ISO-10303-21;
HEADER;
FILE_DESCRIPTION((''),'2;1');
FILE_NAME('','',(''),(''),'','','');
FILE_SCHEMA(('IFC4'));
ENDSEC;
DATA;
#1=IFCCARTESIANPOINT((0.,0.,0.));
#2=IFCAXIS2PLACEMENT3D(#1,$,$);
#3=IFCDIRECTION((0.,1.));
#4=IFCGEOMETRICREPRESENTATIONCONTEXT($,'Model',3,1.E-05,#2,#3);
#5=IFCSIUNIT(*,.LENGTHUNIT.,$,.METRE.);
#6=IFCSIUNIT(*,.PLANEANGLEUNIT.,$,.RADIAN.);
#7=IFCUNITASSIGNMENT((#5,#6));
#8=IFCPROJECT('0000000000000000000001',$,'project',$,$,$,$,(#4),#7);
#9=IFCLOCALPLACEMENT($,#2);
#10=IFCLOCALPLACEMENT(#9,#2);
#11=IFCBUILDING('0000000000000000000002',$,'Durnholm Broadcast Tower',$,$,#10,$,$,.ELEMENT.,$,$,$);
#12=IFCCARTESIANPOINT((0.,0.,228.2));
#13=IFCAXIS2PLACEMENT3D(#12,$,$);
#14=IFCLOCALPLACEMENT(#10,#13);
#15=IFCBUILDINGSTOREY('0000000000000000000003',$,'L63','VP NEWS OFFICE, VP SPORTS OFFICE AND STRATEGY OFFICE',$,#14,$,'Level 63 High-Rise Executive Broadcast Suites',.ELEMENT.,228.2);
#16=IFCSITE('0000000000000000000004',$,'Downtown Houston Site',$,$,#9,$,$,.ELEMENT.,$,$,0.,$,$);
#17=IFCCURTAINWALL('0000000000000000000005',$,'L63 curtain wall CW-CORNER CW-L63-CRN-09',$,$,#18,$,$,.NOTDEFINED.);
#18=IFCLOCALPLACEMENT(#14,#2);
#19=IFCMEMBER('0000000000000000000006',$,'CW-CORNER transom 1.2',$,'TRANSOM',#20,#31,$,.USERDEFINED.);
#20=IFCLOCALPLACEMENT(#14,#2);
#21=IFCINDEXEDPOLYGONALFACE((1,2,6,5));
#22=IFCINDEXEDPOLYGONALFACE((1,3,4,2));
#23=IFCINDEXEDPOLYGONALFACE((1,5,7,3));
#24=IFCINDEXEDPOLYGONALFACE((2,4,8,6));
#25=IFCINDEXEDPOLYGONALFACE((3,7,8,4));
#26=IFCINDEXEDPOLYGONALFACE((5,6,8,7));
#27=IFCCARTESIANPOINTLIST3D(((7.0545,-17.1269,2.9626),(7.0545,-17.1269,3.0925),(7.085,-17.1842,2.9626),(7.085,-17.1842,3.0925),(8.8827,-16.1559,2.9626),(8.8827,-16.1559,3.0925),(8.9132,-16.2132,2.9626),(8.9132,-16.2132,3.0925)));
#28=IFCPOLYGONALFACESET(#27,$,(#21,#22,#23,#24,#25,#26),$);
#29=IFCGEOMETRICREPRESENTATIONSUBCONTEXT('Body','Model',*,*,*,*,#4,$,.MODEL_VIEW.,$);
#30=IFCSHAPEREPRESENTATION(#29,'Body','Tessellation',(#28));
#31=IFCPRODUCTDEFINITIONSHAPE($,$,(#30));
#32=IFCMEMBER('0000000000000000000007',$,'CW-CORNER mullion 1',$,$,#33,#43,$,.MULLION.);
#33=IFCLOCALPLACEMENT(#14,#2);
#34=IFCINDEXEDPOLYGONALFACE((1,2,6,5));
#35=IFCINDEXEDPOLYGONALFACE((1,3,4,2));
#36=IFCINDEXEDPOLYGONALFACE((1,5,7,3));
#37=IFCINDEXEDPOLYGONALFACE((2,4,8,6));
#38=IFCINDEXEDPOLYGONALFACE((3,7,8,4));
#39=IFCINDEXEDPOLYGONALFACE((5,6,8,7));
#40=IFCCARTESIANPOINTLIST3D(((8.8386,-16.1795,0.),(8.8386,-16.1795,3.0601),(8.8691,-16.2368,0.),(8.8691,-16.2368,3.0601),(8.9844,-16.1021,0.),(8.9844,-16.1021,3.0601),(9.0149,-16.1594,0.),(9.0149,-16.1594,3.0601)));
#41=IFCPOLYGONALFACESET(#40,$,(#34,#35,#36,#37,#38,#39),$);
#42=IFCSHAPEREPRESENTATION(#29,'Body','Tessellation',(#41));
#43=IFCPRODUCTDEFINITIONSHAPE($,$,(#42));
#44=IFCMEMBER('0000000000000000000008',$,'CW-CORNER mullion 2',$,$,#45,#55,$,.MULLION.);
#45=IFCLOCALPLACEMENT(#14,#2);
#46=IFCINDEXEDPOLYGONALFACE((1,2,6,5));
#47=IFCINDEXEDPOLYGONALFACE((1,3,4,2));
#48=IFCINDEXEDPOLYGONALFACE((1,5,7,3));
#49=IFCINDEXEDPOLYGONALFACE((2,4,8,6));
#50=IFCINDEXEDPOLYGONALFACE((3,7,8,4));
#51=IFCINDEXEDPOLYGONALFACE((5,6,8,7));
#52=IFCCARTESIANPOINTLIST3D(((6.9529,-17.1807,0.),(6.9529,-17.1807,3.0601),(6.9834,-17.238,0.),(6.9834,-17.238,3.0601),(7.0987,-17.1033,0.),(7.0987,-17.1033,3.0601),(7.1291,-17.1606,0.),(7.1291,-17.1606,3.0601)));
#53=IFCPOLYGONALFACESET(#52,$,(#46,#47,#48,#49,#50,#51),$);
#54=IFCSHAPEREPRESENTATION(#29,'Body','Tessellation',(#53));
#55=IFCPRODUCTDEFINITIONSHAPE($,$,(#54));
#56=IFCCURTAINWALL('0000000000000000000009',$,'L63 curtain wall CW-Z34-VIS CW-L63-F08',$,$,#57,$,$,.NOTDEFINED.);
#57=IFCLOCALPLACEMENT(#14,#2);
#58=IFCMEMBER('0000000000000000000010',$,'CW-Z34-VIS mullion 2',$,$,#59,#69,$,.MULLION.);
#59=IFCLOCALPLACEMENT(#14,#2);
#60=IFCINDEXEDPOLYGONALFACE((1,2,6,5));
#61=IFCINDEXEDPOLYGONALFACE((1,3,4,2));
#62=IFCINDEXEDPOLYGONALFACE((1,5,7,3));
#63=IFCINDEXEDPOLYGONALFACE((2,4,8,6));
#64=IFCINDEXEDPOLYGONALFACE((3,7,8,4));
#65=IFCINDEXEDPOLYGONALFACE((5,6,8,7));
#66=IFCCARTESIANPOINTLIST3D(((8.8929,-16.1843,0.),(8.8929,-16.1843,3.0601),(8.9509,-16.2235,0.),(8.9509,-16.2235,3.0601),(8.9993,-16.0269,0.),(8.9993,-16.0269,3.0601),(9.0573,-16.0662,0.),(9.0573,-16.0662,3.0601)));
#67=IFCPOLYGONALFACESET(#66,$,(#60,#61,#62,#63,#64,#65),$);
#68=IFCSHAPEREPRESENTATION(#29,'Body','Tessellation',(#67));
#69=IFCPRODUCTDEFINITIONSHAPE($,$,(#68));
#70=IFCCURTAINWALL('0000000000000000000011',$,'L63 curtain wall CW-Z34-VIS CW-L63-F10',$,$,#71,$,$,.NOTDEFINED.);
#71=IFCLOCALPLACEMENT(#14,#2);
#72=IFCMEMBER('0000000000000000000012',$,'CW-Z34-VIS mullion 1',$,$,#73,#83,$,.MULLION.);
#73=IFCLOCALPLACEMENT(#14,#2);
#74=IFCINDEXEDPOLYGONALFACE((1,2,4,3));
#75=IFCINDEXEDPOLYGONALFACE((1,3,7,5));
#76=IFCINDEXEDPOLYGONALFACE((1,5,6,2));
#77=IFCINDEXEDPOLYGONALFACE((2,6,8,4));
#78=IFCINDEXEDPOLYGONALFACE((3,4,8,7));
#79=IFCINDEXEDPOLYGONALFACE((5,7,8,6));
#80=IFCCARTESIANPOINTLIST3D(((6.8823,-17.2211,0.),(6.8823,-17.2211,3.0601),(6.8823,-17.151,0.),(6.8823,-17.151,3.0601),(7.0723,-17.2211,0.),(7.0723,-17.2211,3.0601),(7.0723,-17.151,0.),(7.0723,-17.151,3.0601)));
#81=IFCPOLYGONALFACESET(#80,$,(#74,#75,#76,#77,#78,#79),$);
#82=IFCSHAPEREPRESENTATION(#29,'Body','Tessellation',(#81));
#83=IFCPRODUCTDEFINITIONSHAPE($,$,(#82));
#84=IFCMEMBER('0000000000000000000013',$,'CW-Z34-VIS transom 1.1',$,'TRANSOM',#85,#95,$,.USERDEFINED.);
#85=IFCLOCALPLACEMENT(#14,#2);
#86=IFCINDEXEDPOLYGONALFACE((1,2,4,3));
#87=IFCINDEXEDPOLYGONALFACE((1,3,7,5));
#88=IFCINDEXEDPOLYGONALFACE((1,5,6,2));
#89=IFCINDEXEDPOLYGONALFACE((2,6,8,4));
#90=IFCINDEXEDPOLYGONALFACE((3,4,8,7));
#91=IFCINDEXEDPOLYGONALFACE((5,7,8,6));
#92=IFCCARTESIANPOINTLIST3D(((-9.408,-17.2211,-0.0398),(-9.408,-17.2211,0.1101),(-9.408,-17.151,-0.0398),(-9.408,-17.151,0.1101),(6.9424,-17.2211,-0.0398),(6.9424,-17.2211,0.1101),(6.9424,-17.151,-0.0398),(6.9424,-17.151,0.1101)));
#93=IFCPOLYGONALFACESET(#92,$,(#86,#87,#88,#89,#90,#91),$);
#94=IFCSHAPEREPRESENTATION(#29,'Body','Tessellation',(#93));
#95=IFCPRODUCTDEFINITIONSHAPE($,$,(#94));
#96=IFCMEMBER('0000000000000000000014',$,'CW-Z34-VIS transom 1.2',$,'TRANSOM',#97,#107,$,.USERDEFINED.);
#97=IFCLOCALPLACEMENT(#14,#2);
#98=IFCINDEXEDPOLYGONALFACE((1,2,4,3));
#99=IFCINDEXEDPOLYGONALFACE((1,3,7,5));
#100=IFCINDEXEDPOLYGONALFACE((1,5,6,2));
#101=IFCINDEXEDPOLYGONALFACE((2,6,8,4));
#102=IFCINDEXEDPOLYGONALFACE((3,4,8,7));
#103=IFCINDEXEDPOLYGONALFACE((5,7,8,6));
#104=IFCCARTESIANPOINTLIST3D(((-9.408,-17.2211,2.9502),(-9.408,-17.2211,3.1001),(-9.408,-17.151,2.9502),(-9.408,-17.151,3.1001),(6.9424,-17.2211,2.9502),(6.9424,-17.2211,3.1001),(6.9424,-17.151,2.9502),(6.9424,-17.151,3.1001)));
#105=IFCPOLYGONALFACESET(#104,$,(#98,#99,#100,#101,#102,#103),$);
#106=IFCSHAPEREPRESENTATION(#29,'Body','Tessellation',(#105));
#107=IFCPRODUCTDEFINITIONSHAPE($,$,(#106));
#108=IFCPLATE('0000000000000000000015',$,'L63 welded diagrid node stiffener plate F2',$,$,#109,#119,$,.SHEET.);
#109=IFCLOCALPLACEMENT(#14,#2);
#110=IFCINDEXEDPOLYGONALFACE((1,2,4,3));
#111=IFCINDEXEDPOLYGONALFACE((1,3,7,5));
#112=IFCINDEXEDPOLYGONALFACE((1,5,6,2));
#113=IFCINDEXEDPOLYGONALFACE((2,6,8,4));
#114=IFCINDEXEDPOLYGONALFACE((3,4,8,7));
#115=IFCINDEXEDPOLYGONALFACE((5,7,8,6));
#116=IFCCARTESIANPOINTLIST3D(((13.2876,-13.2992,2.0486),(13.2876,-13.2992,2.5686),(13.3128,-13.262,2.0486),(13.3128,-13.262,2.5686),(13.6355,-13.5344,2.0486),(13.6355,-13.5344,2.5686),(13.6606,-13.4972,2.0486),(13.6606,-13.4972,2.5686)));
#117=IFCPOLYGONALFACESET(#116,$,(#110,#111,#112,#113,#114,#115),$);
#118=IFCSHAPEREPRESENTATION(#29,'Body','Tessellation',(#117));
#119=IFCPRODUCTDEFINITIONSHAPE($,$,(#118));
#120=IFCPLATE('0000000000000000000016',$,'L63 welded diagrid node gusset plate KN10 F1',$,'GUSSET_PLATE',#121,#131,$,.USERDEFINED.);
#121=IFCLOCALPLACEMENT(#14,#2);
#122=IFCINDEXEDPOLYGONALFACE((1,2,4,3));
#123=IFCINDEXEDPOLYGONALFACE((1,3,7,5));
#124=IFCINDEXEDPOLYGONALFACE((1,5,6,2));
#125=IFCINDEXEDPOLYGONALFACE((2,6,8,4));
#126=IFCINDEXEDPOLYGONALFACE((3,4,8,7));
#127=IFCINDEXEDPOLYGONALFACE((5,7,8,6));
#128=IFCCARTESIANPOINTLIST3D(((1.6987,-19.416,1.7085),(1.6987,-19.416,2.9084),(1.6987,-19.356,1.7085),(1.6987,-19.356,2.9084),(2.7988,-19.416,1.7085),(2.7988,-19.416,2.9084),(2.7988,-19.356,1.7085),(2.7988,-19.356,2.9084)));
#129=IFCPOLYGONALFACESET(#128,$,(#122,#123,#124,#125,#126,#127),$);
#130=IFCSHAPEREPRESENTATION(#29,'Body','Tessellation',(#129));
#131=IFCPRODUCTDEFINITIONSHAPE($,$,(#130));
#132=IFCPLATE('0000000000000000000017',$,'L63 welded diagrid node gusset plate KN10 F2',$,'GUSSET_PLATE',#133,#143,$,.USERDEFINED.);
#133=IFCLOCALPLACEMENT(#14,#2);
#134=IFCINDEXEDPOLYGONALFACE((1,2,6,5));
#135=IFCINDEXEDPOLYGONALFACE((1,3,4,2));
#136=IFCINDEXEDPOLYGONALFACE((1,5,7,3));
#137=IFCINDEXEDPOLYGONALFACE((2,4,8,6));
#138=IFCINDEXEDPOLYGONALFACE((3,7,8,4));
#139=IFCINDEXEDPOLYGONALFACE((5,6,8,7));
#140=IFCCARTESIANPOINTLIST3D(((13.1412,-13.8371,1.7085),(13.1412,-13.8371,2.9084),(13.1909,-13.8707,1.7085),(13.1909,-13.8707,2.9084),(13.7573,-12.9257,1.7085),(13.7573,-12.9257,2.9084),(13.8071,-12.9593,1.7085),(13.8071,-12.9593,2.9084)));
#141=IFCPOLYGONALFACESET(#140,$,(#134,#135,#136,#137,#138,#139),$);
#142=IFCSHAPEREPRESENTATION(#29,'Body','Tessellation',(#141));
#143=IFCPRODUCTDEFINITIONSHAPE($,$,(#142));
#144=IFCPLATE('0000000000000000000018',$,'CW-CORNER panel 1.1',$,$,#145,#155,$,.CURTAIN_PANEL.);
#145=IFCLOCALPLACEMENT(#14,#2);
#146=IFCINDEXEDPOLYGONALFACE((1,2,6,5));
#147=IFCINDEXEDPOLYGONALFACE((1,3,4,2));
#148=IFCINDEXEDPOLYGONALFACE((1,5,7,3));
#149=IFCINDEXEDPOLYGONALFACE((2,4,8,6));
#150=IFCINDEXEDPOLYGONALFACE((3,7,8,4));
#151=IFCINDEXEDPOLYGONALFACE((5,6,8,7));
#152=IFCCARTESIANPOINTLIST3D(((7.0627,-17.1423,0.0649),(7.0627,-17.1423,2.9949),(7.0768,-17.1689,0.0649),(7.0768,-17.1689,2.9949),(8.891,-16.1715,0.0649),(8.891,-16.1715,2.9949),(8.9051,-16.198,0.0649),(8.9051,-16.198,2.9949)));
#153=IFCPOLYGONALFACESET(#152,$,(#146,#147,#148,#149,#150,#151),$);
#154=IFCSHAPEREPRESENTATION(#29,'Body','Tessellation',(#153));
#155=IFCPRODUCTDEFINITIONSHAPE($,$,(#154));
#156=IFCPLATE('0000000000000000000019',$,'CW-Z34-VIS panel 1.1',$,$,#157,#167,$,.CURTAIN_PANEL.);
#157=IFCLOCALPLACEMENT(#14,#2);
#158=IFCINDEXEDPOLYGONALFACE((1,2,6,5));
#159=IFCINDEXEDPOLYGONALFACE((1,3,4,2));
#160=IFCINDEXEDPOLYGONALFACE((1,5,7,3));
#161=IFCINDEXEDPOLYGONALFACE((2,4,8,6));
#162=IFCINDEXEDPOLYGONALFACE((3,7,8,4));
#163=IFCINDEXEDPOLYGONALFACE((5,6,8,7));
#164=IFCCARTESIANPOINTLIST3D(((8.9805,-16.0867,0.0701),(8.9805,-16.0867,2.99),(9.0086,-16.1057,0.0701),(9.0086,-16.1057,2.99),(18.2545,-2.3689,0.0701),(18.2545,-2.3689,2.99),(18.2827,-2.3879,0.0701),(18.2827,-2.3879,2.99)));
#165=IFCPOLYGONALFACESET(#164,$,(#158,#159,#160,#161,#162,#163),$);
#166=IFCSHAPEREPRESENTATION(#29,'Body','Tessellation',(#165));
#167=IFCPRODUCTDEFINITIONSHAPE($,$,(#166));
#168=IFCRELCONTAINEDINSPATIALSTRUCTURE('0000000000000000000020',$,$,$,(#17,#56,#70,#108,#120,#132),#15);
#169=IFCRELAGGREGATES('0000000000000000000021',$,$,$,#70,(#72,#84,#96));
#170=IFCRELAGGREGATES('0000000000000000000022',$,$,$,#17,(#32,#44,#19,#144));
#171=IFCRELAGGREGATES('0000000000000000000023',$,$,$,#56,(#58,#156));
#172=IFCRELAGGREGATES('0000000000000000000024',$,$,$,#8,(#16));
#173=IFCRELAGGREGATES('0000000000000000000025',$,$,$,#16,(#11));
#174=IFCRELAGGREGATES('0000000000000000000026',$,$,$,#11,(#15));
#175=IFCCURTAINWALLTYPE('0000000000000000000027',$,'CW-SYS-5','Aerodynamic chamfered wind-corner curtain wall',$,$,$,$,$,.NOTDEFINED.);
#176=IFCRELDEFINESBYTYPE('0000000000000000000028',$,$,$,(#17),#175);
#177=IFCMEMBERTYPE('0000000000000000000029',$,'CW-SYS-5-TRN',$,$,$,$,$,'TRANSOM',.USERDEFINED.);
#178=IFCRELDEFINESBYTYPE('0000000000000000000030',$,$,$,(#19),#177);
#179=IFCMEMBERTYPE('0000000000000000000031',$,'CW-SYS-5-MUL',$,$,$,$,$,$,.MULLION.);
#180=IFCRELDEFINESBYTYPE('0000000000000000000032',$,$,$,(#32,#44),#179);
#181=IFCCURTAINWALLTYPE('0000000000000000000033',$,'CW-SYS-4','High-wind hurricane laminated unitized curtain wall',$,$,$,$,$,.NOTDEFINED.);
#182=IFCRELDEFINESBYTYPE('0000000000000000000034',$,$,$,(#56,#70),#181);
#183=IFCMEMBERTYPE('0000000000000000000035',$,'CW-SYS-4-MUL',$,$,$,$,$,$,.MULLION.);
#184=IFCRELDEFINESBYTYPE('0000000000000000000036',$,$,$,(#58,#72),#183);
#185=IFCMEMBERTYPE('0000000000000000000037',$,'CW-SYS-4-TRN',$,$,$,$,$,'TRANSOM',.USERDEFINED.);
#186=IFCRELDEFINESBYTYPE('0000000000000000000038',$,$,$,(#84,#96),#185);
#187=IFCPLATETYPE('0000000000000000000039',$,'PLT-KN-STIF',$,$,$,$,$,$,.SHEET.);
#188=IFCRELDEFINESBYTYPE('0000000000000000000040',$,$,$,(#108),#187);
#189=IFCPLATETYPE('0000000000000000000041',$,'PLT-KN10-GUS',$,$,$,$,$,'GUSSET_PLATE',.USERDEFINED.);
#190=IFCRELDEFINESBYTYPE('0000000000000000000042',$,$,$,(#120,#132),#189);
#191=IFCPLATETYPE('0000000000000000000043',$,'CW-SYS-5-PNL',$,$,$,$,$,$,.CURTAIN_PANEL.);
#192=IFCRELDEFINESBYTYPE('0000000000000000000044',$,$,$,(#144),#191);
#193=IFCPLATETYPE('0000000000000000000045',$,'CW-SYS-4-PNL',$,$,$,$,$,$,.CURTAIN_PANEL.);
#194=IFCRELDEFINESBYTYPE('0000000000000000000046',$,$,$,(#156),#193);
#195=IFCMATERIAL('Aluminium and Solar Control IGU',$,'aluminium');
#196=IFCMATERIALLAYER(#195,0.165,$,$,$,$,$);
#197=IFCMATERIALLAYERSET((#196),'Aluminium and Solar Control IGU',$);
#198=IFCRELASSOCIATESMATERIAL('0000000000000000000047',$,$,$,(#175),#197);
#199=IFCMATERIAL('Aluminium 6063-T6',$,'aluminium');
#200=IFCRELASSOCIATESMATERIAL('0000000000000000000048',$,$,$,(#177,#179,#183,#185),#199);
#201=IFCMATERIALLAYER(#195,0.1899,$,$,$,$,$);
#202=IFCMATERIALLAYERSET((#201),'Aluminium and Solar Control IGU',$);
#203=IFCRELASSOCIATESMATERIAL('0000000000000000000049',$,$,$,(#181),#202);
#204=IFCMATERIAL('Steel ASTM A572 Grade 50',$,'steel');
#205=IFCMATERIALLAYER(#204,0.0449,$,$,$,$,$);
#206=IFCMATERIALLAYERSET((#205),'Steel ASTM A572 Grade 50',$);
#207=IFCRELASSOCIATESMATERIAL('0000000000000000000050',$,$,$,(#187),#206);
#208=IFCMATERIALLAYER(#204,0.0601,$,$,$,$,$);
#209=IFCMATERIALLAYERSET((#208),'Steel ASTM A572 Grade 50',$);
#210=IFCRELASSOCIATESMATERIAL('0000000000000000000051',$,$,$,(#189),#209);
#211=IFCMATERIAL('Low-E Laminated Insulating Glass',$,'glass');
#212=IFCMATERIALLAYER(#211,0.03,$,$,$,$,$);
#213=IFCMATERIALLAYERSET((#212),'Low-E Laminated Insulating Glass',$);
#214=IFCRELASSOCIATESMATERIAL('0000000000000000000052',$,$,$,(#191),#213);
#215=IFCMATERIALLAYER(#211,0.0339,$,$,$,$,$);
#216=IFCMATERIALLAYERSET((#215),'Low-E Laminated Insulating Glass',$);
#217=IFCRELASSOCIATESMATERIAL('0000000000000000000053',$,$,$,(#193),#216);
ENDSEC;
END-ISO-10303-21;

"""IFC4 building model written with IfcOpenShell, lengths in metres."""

from ifc_helpers import new_model, si_unit, direction, frame, origin, origin_2d, place, context, subcontext, project, spatial, rectangle, extrude, source, transform, mapped, material, layer, layer_set, material_profile, profile_set, type_object, type_shapes, element, aggregate, save


model = new_model("IFC4")

# Units and contexts
model_context = context("Model", 3, precision=1e-05, world=origin(), true_north=direction((0.0, 1.0)))
body_context = subcontext(model_context, "Body", "Model", "MODEL_VIEW")
ifc_project = project(units=[si_unit("LENGTHUNIT", "METRE"), si_unit("PLANEANGLEUNIT", "RADIAN")], contexts=[model_context])

# Site, building, storey
site_placement = place(None, origin())
site = spatial("IfcSite", under=ifc_project, at=site_placement, Name="Downtown Houston Site", CompositionType="ELEMENT", RefElevation=0.0)
building_placement = place(site_placement, origin())
building = spatial("IfcBuilding", under=site, at=building_placement, Name="Durnholm Broadcast Tower", CompositionType="ELEMENT")
storey_placement = place(building_placement, frame((0.0, 0.0, 228.2)))
storey = spatial("IfcBuildingStorey", under=building, at=storey_placement, Name="L63", Description="VP NEWS OFFICE, VP SPORTS OFFICE AND STRATEGY OFFICE", LongName="Level 63 High-Rise Executive Broadcast Suites", CompositionType="ELEMENT", Elevation=228.2)

# Curtain wall, members
ifc_material_1 = material(Name="Aluminium and Solar Control IGU", Category="aluminium")
ifc_layer_1 = layer(ifc_material_1, 0.165)
ifc_layer_set_1 = layer_set([ifc_layer_1], Name="Aluminium and Solar Control IGU")
curtain_wall_type_1 = type_object("IfcCurtainWallType", Name="CW-SYS-5", Description="Aerodynamic chamfered wind-corner curtain wall", PredefinedType="NOTDEFINED", material=ifc_layer_set_1)
curtain_wall_1_placement = place(storey_placement, origin())
curtain_wall_1 = element("IfcCurtainWall", 1, at=curtain_wall_1_placement, inside=storey, type_object=curtain_wall_type_1, Name="L63 curtain wall CW-CORNER CW-L63-CRN-09", PredefinedType="NOTDEFINED")
ifc_material_2 = material(Name="Aluminium 6063-T6", Category="aluminium")
ifc_material_profile_1 = material_profile(ifc_material_2, rectangle(XDim=0.0649, YDim=0.1299, at=origin_2d()), Name="CWT65X130")
ifc_profile_set_1 = profile_set([ifc_material_profile_1], Name="Aluminium 6063-T6")
member_type_1 = type_object("IfcMemberType", Name="CW-SYS-5-TRN", ElementType="TRANSOM", PredefinedType="USERDEFINED", material=ifc_profile_set_1)
shared_shape_1 = source(origin(), body_context, "Body", "SweptSolid", [
    extrude(rectangle(XDim=0.0649, YDim=0.1299, at=origin_2d()), origin(), (0.0, 0.0, 1.0), 2.0701),
])
type_shapes(member_type_1, [shared_shape_1])
member_1_placement = place(storey_placement, frame((8.8979, -16.1846, 3.0276), z_axis=(-0.883165, -0.469063, 0.0), x_axis=(0.469063, -0.883165, 0.0)))
member_1 = element("IfcMember", 2, at=member_1_placement, type_object=member_type_1, Name="CW-CORNER transom 1.2", ObjectType="TRANSOM", PredefinedType="USERDEFINED", context=body_context, shape_type="MappedRepresentation", body=[
    mapped(shared_shape_1, transform((0.0, 0.0, 0.0), x_axis=(1.0, 0.0, 0.0), y_axis=(0.0, 1.0, 0.0), z_axis=(0.0, 0.0, 1.0), scale=1.0)),
])
ifc_material_profile_2 = material_profile(ifc_material_2, rectangle(XDim=0.0649, YDim=0.165, at=origin_2d()), Name="CWM65X165")
ifc_profile_set_2 = profile_set([ifc_material_profile_2], Name="Aluminium 6063-T6")
member_type_2 = type_object("IfcMemberType", Name="CW-SYS-5-MUL", PredefinedType="MULLION", material=ifc_profile_set_2)
shared_shape_2 = source(origin(), body_context, "Body", "SweptSolid", [
    extrude(rectangle(XDim=0.0649, YDim=0.165, at=origin_2d()), origin(), (0.0, 0.0, 1.0), 3.0601),
])
type_shapes(member_type_2, [shared_shape_2])
member_2_placement = place(storey_placement, frame((8.9268, -16.1694, 0.0), z_axis=(0.0, 0.0, 1.0), x_axis=(0.469007, -0.883195, 0.0)))
member_2 = element("IfcMember", 3, at=member_2_placement, type_object=member_type_2, Name="CW-CORNER mullion 1", PredefinedType="MULLION", context=body_context, shape_type="MappedRepresentation", body=[
    mapped(shared_shape_2, transform((0.0, 0.0, 0.0), x_axis=(1.0, 0.0, 0.0), y_axis=(0.0, 1.0, 0.0), z_axis=(0.0, 0.0, 1.0), scale=1.0)),
])
member_3_placement = place(storey_placement, frame((7.041, -17.1707, 0.0), z_axis=(0.0, 0.0, 1.0), x_axis=(0.469007, -0.883195, 0.0)))
member_3 = element("IfcMember", 4, at=member_3_placement, type_object=member_type_2, Name="CW-CORNER mullion 2", PredefinedType="MULLION", context=body_context, shape_type="MappedRepresentation", body=[
    mapped(shared_shape_2, transform((0.0, 0.0, 0.0), x_axis=(1.0, 0.0, 0.0), y_axis=(0.0, 1.0, 0.0), z_axis=(0.0, 0.0, 1.0), scale=1.0)),
])

# Curtain wall, member
ifc_layer_2 = layer(ifc_material_1, 0.1899)
ifc_layer_set_2 = layer_set([ifc_layer_2], Name="Aluminium and Solar Control IGU")
curtain_wall_type_2 = type_object("IfcCurtainWallType", Name="CW-SYS-4", Description="High-wind hurricane laminated unitized curtain wall", PredefinedType="NOTDEFINED", material=ifc_layer_set_2)
curtain_wall_2_placement = place(storey_placement, origin())
curtain_wall_2 = element("IfcCurtainWall", 5, at=curtain_wall_2_placement, inside=storey, type_object=curtain_wall_type_2, Name="L63 curtain wall CW-Z34-VIS CW-L63-F08", PredefinedType="NOTDEFINED")
ifc_material_profile_3 = material_profile(ifc_material_2, rectangle(XDim=0.0701, YDim=0.1899, at=origin_2d()), Name="CWM70X190")
ifc_profile_set_3 = profile_set([ifc_material_profile_3], Name="Aluminium 6063-T6")
member_type_3 = type_object("IfcMemberType", Name="CW-SYS-4-MUL", PredefinedType="MULLION", material=ifc_profile_set_3)
shared_shape_3 = source(origin(), body_context, "Body", "SweptSolid", [
    extrude(rectangle(XDim=0.0701, YDim=0.1899, at=origin_2d()), origin(), (0.0, 0.0, 1.0), 3.0601),
])
type_shapes(member_type_3, [shared_shape_3])
member_4_placement = place(storey_placement, frame((8.9751, -16.1252, 0.0), z_axis=(0.0, 0.0, 1.0), x_axis=(0.828443, -0.560073, 0.0)))
member_4 = element("IfcMember", 6, at=member_4_placement, type_object=member_type_3, Name="CW-Z34-VIS mullion 2", PredefinedType="MULLION", context=body_context, shape_type="MappedRepresentation", body=[
    mapped(shared_shape_3, transform((0.0, 0.0, 0.0), x_axis=(1.0, 0.0, 0.0), y_axis=(0.0, 1.0, 0.0), z_axis=(0.0, 0.0, 1.0), scale=1.0)),
])

# Curtain wall, members
curtain_wall_3_placement = place(storey_placement, origin())
curtain_wall_3 = element("IfcCurtainWall", 7, at=curtain_wall_3_placement, inside=storey, type_object=curtain_wall_type_2, Name="L63 curtain wall CW-Z34-VIS CW-L63-F10", PredefinedType="NOTDEFINED")
member_5_placement = place(storey_placement, frame((6.9773, -17.186, 0.0), z_axis=(0.0, 0.0, 1.0), x_axis=(0.0, -1.0, 0.0)))
member_5 = element("IfcMember", 8, at=member_5_placement, type_object=member_type_3, Name="CW-Z34-VIS mullion 1", PredefinedType="MULLION", context=body_context, shape_type="MappedRepresentation", body=[
    mapped(shared_shape_3, transform((0.0, 0.0, 0.0), x_axis=(1.0, 0.0, 0.0), y_axis=(0.0, 1.0, 0.0), z_axis=(0.0, 0.0, 1.0), scale=1.0)),
])
ifc_material_profile_4 = material_profile(ifc_material_2, rectangle(XDim=0.0701, YDim=0.1499, at=origin_2d()), Name="CWT70X150")
ifc_profile_set_4 = profile_set([ifc_material_profile_4], Name="Aluminium 6063-T6")
member_type_4 = type_object("IfcMemberType", Name="CW-SYS-4-TRN", ElementType="TRANSOM", PredefinedType="USERDEFINED", material=ifc_profile_set_4)
shared_shape_4 = source(origin(), body_context, "Body", "SweptSolid", [
    extrude(rectangle(XDim=0.0701, YDim=0.1499, at=origin_2d()), origin(), (0.0, 0.0, 1.0), 16.3503),
])
type_shapes(member_type_4, [shared_shape_4])
member_6_placement = place(storey_placement, frame((6.9424, -17.186, 0.0352), z_axis=(-1.0, 0.0, 0.0), x_axis=(0.0, -1.0, 0.0)))
member_6 = element("IfcMember", 9, at=member_6_placement, type_object=member_type_4, Name="CW-Z34-VIS transom 1.1", ObjectType="TRANSOM", PredefinedType="USERDEFINED", context=body_context, shape_type="MappedRepresentation", body=[
    mapped(shared_shape_4, transform((0.0, 0.0, 0.0), x_axis=(1.0, 0.0, 0.0), y_axis=(0.0, 1.0, 0.0), z_axis=(0.0, 0.0, 1.0), scale=1.0)),
])
member_7_placement = place(storey_placement, frame((6.9424, -17.186, 3.0251), z_axis=(-1.0, 0.0, 0.0), x_axis=(0.0, -1.0, 0.0)))
member_7 = element("IfcMember", 10, at=member_7_placement, type_object=member_type_4, Name="CW-Z34-VIS transom 1.2", ObjectType="TRANSOM", PredefinedType="USERDEFINED", context=body_context, shape_type="MappedRepresentation", body=[
    mapped(shared_shape_4, transform((0.0, 0.0, 0.0), x_axis=(1.0, 0.0, 0.0), y_axis=(0.0, 1.0, 0.0), z_axis=(0.0, 0.0, 1.0), scale=1.0)),
])
aggregate(curtain_wall_3, [member_5, member_6, member_7])

# Plates
ifc_material_3 = material(Name="Steel ASTM A572 Grade 50", Category="steel")
ifc_layer_3 = layer(ifc_material_3, 0.0449)
ifc_layer_set_3 = layer_set([ifc_layer_3], Name="Steel ASTM A572 Grade 50")
plate_type_1 = type_object("IfcPlateType", Name="PLT-KN-STIF", PredefinedType="SHEET", material=ifc_layer_set_3)
shared_shape_5 = source(origin(), body_context, "Body", "SweptSolid", [
    extrude(rectangle(XDim=0.0449, YDim=0.4199, at=origin_2d()), origin(), (0.0, 0.0, 1.0), 0.52),
])
type_shapes(plate_type_1, [shared_shape_5])
plate_1_placement = place(storey_placement, frame((13.4741, -13.3982, 2.0486), z_axis=(0.0, 0.0, 1.0), x_axis=(0.560061, 0.828452, 0.0)))
element("IfcPlate", 11, at=plate_1_placement, inside=storey, type_object=plate_type_1, Name="L63 welded diagrid node stiffener plate F2", PredefinedType="SHEET", context=body_context, shape_type="MappedRepresentation", body=[
    mapped(shared_shape_5, transform((0.0, 0.0, 0.0), x_axis=(1.0, 0.0, 0.0), y_axis=(0.0, 1.0, 0.0), z_axis=(0.0, 0.0, 1.0), scale=1.0)),
])
ifc_layer_4 = layer(ifc_material_3, 0.0601)
ifc_layer_set_4 = layer_set([ifc_layer_4], Name="Steel ASTM A572 Grade 50")
plate_type_2 = type_object("IfcPlateType", Name="PLT-KN10-GUS", ElementType="GUSSET_PLATE", PredefinedType="USERDEFINED", material=ifc_layer_set_4)
shared_shape_6 = source(origin(), body_context, "Body", "SweptSolid", [
    extrude(rectangle(XDim=1.1001, YDim=0.0601, at=origin_2d()), origin(), (0.0, 0.0, 1.0), 1.2),
])
type_shapes(plate_type_2, [shared_shape_6])
for number, where, z_axis, x_axis, name in (
    (12, (2.2488, -19.386, 1.7085), (0.0, 0.0, 1.0), (1.0, 0.0, 0.0), "L63 welded diagrid node gusset plate KN10 F1"),
    (13, (13.4741, -13.3982, 1.7085), (0.0, 0.0, 1.0), (0.560061, 0.828452, 0.0), "L63 welded diagrid node gusset plate KN10 F2"),
):
    element("IfcPlate", number, at=place(storey_placement, frame(where, z_axis=z_axis, x_axis=x_axis)), inside=storey, type_object=plate_type_2, Name=name, ObjectType="GUSSET_PLATE", PredefinedType="USERDEFINED", context=body_context, shape_type="MappedRepresentation", body=[
        mapped(shared_shape_6, transform((0.0, 0.0, 0.0), x_axis=(1.0, 0.0, 0.0), y_axis=(0.0, 1.0, 0.0), z_axis=(0.0, 0.0, 1.0), scale=1.0)),
    ])

# Plates
ifc_material_4 = material(Name="Low-E Laminated Insulating Glass", Category="glass")
ifc_layer_5 = layer(ifc_material_4, 0.03)
ifc_layer_set_5 = layer_set([ifc_layer_5], Name="Low-E Laminated Insulating Glass")
plate_type_3 = type_object("IfcPlateType", Name="CW-SYS-5-PNL", PredefinedType="CURTAIN_PANEL", material=ifc_layer_set_5)
shared_shape_7 = source(origin(), body_context, "Body", "SweptSolid", [
    extrude(rectangle(XDim=2.0701, YDim=0.03, at=origin_2d()), origin(), (0.0, 0.0, 1.0), 2.9299),
])
type_shapes(plate_type_3, [shared_shape_7])
plate_2_placement = place(storey_placement, frame((7.9839, -16.6702, 0.0649), z_axis=(0.0, 0.0, 1.0), x_axis=(-0.883195, -0.469007, 0.0)))
plate_2 = element("IfcPlate", 14, at=plate_2_placement, type_object=plate_type_3, Name="CW-CORNER panel 1.1", PredefinedType="CURTAIN_PANEL", context=body_context, shape_type="MappedRepresentation", body=[
    mapped(shared_shape_7, transform((0.0, 0.0, 0.0), x_axis=(1.0, 0.0, 0.0), y_axis=(0.0, 1.0, 0.0), z_axis=(0.0, 0.0, 1.0), scale=1.0)),
])
aggregate(curtain_wall_1, [member_2, member_3, member_1, plate_2])
ifc_layer_6 = layer(ifc_material_4, 0.0339)
ifc_layer_set_6 = layer_set([ifc_layer_6], Name="Low-E Laminated Insulating Glass")
plate_type_4 = type_object("IfcPlateType", Name="CW-SYS-4-PNL", PredefinedType="CURTAIN_PANEL", material=ifc_layer_set_6)
shared_shape_8 = source(origin(), body_context, "Body", "SweptSolid", [
    extrude(rectangle(XDim=16.5586, YDim=0.0339, at=origin_2d()), origin(), (0.0, 0.0, 1.0), 2.9199),
])
type_shapes(plate_type_4, [shared_shape_8])
plate_3_placement = place(storey_placement, frame((13.6316, -9.2373, 0.0701), z_axis=(0.0, 0.0, 1.0), x_axis=(-0.560073, -0.828443, 0.0)))
plate_3 = element("IfcPlate", 15, at=plate_3_placement, type_object=plate_type_4, Name="CW-Z34-VIS panel 1.1", PredefinedType="CURTAIN_PANEL", context=body_context, shape_type="MappedRepresentation", body=[
    mapped(shared_shape_8, transform((0.0, 0.0, 0.0), x_axis=(1.0, 0.0, 0.0), y_axis=(0.0, 1.0, 0.0), z_axis=(0.0, 0.0, 1.0), scale=1.0)),
])
aggregate(curtain_wall_2, [member_4, plate_3])

save(model, "model.ifc")
